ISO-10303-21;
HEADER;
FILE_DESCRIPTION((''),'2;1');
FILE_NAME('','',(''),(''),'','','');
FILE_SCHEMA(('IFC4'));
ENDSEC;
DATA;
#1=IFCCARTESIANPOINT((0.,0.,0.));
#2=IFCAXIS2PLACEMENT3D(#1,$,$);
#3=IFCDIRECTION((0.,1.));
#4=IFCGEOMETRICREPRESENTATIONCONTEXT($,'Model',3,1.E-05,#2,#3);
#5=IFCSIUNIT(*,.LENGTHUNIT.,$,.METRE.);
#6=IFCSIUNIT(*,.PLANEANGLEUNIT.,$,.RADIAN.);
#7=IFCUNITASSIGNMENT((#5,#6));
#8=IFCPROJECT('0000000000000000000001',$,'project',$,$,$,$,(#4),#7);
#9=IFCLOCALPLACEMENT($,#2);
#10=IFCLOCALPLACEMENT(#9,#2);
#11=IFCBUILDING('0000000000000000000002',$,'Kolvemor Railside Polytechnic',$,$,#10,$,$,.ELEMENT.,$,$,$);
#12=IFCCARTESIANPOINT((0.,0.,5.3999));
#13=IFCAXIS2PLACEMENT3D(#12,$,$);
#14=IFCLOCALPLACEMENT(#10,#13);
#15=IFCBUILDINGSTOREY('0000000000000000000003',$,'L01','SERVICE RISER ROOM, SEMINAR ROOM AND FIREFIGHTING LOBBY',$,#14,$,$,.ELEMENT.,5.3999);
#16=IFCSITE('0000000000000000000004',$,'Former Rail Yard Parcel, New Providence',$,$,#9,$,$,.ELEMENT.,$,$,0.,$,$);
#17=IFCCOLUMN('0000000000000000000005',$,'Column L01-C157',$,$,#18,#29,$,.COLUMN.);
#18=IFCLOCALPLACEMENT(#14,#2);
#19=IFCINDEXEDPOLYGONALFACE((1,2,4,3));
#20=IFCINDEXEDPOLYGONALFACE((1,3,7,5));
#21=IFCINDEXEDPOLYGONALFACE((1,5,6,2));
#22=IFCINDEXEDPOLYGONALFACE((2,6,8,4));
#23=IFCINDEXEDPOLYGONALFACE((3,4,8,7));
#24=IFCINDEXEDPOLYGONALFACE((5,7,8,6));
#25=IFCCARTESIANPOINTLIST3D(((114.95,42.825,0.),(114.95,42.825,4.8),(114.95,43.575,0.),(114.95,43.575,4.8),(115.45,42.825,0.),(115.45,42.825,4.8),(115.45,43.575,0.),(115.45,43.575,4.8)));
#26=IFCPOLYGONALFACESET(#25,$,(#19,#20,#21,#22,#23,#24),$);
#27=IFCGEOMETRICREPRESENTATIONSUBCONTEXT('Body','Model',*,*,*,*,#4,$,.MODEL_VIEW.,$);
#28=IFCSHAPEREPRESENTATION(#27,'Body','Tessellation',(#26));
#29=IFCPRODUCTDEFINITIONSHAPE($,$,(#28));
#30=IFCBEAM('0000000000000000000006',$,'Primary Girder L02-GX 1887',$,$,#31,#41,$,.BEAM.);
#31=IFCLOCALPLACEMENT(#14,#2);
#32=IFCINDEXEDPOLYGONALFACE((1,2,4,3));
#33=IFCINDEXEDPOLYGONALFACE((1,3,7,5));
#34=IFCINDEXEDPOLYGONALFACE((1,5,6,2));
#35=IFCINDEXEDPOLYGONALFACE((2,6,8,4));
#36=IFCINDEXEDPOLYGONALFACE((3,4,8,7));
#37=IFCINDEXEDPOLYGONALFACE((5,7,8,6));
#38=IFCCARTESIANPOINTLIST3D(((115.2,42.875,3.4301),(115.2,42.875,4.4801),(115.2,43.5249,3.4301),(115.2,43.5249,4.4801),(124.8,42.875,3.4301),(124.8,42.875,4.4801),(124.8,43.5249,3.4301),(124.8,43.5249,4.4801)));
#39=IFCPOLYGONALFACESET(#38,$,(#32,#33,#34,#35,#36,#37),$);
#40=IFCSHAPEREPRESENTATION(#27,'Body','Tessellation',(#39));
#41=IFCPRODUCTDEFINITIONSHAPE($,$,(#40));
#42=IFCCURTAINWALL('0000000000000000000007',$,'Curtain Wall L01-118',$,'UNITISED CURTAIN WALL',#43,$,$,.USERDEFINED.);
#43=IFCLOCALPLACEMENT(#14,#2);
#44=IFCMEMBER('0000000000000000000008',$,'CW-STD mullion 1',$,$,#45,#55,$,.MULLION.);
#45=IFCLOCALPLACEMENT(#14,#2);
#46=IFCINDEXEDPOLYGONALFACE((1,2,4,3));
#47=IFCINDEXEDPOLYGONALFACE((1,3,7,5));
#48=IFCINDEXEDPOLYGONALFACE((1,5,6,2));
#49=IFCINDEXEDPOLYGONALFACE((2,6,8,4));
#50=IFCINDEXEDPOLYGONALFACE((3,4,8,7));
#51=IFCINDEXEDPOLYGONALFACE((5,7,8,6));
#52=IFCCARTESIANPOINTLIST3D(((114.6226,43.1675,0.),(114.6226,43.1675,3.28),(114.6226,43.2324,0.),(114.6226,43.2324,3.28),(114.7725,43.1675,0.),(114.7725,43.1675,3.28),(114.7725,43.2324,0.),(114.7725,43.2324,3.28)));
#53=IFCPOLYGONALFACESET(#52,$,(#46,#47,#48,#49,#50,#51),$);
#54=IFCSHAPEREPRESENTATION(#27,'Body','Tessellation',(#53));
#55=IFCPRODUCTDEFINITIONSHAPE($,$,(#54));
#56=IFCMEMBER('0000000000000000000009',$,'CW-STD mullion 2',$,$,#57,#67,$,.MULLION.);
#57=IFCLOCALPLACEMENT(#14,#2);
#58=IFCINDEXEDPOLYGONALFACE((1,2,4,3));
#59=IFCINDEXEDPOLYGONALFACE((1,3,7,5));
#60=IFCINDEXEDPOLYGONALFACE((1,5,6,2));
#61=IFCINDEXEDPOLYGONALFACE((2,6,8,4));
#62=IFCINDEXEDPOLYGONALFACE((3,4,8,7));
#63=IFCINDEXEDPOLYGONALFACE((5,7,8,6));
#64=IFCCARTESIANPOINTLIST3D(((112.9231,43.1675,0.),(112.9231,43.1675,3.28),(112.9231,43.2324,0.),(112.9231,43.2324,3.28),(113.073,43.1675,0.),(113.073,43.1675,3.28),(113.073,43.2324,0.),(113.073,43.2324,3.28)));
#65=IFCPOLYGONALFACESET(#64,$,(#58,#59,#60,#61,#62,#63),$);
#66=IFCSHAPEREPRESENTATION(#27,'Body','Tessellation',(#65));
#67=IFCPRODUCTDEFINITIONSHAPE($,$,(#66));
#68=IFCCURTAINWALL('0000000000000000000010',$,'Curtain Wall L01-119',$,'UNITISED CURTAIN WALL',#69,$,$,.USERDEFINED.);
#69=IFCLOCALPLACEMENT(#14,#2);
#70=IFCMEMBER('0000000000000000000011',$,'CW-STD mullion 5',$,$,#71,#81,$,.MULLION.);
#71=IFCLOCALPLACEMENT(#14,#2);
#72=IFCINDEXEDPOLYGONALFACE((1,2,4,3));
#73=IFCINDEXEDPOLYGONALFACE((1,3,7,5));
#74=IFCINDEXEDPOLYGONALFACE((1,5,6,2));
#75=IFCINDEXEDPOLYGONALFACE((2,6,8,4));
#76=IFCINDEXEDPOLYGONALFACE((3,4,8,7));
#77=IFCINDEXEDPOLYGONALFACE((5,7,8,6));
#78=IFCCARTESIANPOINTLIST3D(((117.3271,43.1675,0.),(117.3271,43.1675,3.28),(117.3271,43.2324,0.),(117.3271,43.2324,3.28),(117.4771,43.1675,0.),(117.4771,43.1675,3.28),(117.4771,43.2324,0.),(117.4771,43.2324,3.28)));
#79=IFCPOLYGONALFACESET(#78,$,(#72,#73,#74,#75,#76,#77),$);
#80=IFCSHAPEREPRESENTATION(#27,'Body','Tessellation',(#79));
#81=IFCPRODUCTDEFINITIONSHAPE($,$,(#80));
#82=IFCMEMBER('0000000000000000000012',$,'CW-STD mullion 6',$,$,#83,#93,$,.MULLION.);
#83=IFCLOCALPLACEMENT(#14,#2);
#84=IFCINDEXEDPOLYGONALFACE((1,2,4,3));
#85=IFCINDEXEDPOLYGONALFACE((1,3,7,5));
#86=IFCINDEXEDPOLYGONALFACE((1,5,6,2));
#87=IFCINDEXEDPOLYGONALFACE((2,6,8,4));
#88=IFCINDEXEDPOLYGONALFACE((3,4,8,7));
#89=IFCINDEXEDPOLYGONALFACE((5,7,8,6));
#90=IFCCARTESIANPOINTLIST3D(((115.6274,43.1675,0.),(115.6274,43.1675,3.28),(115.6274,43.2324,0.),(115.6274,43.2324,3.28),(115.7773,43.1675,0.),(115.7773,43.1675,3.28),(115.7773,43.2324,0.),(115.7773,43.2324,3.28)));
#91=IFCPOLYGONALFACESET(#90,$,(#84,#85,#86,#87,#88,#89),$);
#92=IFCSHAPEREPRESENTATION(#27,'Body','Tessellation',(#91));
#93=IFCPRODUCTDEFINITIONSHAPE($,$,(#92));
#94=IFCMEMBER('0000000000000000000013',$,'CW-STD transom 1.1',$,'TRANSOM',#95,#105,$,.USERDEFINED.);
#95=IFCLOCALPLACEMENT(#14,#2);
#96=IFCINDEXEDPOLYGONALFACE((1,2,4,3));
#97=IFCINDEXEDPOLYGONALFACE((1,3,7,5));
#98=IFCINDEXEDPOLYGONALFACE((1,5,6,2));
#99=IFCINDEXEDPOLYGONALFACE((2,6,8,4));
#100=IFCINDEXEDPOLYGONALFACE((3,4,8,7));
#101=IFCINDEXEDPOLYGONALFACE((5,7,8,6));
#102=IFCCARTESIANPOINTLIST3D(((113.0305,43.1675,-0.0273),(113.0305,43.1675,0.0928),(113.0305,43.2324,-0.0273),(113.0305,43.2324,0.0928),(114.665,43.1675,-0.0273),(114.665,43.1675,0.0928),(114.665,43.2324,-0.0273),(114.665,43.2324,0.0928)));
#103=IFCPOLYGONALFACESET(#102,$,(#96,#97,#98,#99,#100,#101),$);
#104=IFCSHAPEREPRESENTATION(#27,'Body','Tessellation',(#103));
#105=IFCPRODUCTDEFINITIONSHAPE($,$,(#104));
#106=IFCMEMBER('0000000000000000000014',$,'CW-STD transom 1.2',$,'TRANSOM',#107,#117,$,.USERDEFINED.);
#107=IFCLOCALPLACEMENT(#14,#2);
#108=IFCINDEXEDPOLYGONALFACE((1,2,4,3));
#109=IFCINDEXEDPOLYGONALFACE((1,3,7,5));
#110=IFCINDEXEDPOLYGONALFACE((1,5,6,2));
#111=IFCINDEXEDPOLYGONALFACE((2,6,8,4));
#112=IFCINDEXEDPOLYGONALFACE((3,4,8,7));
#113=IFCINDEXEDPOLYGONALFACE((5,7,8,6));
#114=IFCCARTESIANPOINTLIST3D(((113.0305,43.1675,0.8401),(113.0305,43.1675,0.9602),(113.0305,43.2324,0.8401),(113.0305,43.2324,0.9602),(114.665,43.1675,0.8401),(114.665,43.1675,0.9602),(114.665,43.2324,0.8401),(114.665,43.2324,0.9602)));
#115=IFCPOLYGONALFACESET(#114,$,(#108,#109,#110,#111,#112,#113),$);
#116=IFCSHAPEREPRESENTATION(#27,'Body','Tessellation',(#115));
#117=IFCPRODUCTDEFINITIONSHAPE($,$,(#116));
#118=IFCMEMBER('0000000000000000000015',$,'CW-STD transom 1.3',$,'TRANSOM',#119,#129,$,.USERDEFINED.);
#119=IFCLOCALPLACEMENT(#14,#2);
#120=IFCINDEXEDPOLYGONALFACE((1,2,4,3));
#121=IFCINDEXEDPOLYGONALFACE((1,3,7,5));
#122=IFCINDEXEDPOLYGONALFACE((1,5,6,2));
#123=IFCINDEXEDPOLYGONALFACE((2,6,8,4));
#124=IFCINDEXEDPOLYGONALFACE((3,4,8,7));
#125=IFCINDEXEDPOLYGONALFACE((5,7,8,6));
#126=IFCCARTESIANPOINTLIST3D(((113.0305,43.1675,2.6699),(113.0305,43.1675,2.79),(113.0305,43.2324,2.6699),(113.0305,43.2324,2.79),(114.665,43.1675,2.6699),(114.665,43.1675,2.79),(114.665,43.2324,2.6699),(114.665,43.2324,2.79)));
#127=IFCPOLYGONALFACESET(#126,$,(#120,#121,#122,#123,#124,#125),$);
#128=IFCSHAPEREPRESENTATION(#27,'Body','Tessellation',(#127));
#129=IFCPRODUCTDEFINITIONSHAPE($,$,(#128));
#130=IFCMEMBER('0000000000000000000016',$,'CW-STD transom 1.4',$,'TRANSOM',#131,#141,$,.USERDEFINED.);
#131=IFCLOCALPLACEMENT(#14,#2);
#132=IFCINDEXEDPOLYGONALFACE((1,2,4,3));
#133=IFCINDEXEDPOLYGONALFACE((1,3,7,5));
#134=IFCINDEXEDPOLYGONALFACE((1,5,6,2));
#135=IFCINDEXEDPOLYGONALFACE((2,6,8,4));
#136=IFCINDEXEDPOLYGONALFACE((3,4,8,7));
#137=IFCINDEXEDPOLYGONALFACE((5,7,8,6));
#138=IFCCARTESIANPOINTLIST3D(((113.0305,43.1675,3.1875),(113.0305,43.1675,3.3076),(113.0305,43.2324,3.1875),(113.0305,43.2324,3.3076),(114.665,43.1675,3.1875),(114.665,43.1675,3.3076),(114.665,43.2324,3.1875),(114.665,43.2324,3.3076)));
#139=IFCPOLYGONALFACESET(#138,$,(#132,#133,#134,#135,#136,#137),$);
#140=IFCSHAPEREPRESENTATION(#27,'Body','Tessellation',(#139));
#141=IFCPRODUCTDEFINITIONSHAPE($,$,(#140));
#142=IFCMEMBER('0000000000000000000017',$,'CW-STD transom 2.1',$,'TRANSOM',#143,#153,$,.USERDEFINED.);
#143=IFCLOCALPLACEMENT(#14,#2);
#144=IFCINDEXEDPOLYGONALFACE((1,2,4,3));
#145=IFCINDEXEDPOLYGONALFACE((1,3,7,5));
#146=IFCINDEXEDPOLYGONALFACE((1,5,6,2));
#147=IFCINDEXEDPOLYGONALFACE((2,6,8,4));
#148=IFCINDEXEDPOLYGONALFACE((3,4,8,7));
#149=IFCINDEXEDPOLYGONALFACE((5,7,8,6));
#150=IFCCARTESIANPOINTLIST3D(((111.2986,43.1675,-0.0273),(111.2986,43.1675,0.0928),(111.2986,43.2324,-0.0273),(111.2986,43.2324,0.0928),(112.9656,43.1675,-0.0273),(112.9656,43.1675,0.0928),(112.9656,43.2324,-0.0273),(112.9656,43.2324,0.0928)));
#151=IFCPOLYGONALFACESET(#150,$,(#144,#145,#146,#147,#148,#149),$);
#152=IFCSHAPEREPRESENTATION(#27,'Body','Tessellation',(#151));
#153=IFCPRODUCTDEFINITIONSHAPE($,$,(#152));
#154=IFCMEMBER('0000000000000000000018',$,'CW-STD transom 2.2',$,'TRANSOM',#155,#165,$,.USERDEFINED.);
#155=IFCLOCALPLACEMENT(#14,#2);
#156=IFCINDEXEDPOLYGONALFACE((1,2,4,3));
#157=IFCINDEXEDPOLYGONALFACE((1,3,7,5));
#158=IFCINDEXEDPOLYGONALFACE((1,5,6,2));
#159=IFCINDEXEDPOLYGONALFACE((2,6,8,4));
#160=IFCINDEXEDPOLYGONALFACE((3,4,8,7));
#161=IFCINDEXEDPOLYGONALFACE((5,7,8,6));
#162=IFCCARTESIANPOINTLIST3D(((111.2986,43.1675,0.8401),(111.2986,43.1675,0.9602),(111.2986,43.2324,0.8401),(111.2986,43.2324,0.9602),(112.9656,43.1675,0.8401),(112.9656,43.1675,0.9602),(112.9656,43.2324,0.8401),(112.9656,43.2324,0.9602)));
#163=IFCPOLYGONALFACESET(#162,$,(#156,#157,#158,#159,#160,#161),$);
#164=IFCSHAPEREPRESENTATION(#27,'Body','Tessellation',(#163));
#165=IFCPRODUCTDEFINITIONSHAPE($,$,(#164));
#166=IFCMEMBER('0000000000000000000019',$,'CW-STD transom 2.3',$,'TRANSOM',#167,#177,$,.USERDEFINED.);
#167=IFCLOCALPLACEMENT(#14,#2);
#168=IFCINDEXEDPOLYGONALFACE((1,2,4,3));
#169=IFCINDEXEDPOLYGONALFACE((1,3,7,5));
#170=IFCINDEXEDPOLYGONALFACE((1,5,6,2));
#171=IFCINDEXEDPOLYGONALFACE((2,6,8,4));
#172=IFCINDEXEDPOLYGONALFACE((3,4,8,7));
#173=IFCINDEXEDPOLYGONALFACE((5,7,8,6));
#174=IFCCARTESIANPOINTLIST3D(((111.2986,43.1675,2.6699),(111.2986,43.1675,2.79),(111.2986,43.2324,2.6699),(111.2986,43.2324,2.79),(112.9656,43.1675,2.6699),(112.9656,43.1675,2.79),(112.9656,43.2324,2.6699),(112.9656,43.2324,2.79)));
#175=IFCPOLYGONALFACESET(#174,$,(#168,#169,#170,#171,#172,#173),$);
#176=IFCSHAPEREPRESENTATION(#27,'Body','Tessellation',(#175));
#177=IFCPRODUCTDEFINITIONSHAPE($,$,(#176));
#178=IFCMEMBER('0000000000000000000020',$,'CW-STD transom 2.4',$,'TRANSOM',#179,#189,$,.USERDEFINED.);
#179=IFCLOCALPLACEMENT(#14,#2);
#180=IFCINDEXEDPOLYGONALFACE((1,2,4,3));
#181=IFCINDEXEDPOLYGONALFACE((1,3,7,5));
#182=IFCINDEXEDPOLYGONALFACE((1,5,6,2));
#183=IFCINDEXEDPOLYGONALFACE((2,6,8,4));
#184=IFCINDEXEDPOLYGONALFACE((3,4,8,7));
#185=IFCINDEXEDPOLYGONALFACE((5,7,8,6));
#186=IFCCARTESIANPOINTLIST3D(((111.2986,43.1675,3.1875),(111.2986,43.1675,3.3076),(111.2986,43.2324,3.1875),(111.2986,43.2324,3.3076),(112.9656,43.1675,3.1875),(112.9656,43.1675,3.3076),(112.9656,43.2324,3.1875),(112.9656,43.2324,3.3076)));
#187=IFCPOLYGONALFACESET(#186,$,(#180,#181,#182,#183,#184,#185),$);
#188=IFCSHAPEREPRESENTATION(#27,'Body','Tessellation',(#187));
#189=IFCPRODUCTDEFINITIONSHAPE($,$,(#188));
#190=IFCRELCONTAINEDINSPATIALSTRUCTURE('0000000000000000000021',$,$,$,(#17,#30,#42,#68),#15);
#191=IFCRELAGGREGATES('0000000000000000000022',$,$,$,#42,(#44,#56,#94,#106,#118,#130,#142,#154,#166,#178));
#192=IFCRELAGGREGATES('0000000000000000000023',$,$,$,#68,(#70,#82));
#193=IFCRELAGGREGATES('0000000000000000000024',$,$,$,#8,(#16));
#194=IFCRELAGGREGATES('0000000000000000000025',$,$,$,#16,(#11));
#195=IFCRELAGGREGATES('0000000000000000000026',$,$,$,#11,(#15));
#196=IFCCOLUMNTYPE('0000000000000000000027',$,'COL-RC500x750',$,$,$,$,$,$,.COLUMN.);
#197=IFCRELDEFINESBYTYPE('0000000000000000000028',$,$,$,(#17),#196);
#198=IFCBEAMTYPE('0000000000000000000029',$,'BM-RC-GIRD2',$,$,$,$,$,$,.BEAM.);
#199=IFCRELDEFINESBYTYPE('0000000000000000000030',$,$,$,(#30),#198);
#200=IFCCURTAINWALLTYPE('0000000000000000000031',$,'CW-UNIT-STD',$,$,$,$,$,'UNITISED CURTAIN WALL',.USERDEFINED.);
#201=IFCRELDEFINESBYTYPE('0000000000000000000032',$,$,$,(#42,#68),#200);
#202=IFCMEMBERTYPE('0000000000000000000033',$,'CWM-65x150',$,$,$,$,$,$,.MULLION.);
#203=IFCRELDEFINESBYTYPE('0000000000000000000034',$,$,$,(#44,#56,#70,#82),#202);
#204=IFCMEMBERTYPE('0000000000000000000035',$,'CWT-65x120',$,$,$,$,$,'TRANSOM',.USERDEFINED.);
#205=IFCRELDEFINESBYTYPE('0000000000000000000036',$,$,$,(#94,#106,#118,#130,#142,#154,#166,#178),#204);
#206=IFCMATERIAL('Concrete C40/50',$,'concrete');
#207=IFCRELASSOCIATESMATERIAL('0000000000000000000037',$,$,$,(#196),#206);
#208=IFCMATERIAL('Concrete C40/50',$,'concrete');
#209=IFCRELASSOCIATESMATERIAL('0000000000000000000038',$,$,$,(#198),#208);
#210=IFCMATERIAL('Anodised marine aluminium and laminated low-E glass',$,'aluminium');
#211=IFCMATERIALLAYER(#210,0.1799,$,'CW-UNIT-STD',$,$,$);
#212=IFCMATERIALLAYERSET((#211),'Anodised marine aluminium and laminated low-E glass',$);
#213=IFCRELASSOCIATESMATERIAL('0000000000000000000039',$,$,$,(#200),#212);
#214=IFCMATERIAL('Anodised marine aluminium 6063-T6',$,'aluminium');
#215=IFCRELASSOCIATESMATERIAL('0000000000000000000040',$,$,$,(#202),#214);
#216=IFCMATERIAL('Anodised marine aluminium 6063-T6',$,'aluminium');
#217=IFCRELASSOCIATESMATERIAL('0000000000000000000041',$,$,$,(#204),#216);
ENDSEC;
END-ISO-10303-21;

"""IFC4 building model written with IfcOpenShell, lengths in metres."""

from ifc_helpers import new_model, si_unit, direction, frame, origin, origin_2d, place, context, subcontext, project, spatial, rectangle, extrude, material, layer, layer_set, material_profile, profile_set, type_object, element, aggregate, save


model = new_model("IFC4")

# Units and contexts
model_context = context("Model", 3, precision=1e-05, world=origin(), true_north=direction((0.0, 1.0)))
body_context = subcontext(model_context, "Body", "Model", "MODEL_VIEW")
ifc_project = project(units=[si_unit("LENGTHUNIT", "METRE"), si_unit("PLANEANGLEUNIT", "RADIAN")], contexts=[model_context])

# Site, building, storey
site_placement = place(None, origin())
site = spatial("IfcSite", under=ifc_project, at=site_placement, Name="Former Rail Yard Parcel, New Providence", CompositionType="ELEMENT", RefElevation=0.0)
building_placement = place(site_placement, origin())
building = spatial("IfcBuilding", under=site, at=building_placement, Name="Kolvemor Railside Polytechnic", CompositionType="ELEMENT")
storey_placement = place(building_placement, frame((0.0, 0.0, 5.3999)))
storey = spatial("IfcBuildingStorey", under=building, at=storey_placement, Name="L01", Description="SERVICE RISER ROOM, SEMINAR ROOM AND FIREFIGHTING LOBBY", CompositionType="ELEMENT", Elevation=5.3999)

# Column
ifc_material_1 = material(Name="Concrete C40/50", Category="concrete")
ifc_material_profile_1 = material_profile(ifc_material_1, rectangle(XDim=0.5, YDim=0.75, at=origin_2d()), Name="RC500x750")
ifc_profile_set_1 = profile_set([ifc_material_profile_1], Name="Concrete C40/50")
column_type = type_object("IfcColumnType", Name="COL-RC500x750", PredefinedType="COLUMN", material=ifc_profile_set_1)
column_placement = place(storey_placement, frame((115.2, 43.2, 0.0), z_axis=(0.0, 0.0, 1.0), x_axis=(1.0, 0.0, 0.0)))
element("IfcColumn", 1, at=column_placement, inside=storey, type_object=column_type, Name="Column L01-C157", PredefinedType="COLUMN", context=body_context, shape_type="SweptSolid", body=[
    extrude(rectangle(XDim=0.5, YDim=0.75, at=origin_2d()), origin(), (0.0, 0.0, 1.0), 4.8),
])

# Beam
ifc_material_2 = material(Name="Concrete C40/50", Category="concrete")
ifc_material_profile_2 = material_profile(ifc_material_2, rectangle(XDim=0.6499, YDim=1.05, at=origin_2d()), Name="RC650x1050")
ifc_profile_set_2 = profile_set([ifc_material_profile_2], Name="Concrete C40/50")
beam_type = type_object("IfcBeamType", Name="BM-RC-GIRD2", PredefinedType="BEAM", material=ifc_profile_set_2)
beam_placement = place(storey_placement, frame((115.2, 43.2, 3.9551), z_axis=(1.0, 0.0, 0.0), x_axis=(0.0, 1.0, 0.0)))
element("IfcBeam", 2, at=beam_placement, inside=storey, type_object=beam_type, Name="Primary Girder L02-GX 1887", PredefinedType="BEAM", context=body_context, shape_type="SweptSolid", body=[
    extrude(rectangle(XDim=0.6499, YDim=1.05, at=origin_2d()), origin(), (0.0, 0.0, 1.0), 9.6001),
])

# Curtain walls, members
ifc_material_3 = material(Name="Anodised marine aluminium and laminated low-E glass", Category="aluminium")
ifc_layer_1 = layer(ifc_material_3, 0.1799, Name="CW-UNIT-STD")
ifc_layer_set_1 = layer_set([ifc_layer_1], Name="Anodised marine aluminium and laminated low-E glass")
curtain_wall_type = type_object("IfcCurtainWallType", Name="CW-UNIT-STD", ElementType="UNITISED CURTAIN WALL", PredefinedType="USERDEFINED", material=ifc_layer_set_1)
curtain_wall_1_placement = place(storey_placement, origin())
curtain_wall_1 = element("IfcCurtainWall", 3, at=curtain_wall_1_placement, inside=storey, type_object=curtain_wall_type, Name="Curtain Wall L01-118", ObjectType="UNITISED CURTAIN WALL", PredefinedType="USERDEFINED")
ifc_material_4 = material(Name="Anodised marine aluminium 6063-T6", Category="aluminium")
ifc_material_profile_3 = material_profile(ifc_material_4, rectangle(XDim=0.0649, YDim=0.1499, at=origin_2d()), Name="CW-MUL-65x150")
ifc_profile_set_3 = profile_set([ifc_material_profile_3], Name="Anodised marine aluminium 6063-T6")
member_type_1 = type_object("IfcMemberType", Name="CWM-65x150", PredefinedType="MULLION", material=ifc_profile_set_3)
member_1_placement = place(storey_placement, frame((114.6975, 43.2, 0.0), z_axis=(0.0, 0.0, 1.0), x_axis=(0.0, -1.0, 0.0)))
member_1 = element("IfcMember", 4, at=member_1_placement, type_object=member_type_1, Name="CW-STD mullion 1", PredefinedType="MULLION", context=body_context, shape_type="SweptSolid", body=[
    extrude(rectangle(XDim=0.0649, YDim=0.1499, at=origin_2d()), origin(), (0.0, 0.0, 1.0), 3.28),
])
member_2_placement = place(storey_placement, frame((112.998, 43.2, 0.0), z_axis=(0.0, 0.0, 1.0), x_axis=(0.0, -1.0, 0.0)))
member_2 = element("IfcMember", 5, at=member_2_placement, type_object=member_type_1, Name="CW-STD mullion 2", PredefinedType="MULLION", context=body_context, shape_type="SweptSolid", body=[
    extrude(rectangle(XDim=0.0649, YDim=0.1499, at=origin_2d()), origin(), (0.0, 0.0, 1.0), 3.28),
])
curtain_wall_2_placement = place(storey_placement, origin())
curtain_wall_2 = element("IfcCurtainWall", 6, at=curtain_wall_2_placement, inside=storey, type_object=curtain_wall_type, Name="Curtain Wall L01-119", ObjectType="UNITISED CURTAIN WALL", PredefinedType="USERDEFINED")
member_3_placement = place(storey_placement, frame((117.4021, 43.2, 0.0), z_axis=(0.0, 0.0, 1.0), x_axis=(0.0, -1.0, 0.0)))
member_3 = element("IfcMember", 7, at=member_3_placement, type_object=member_type_1, Name="CW-STD mullion 5", PredefinedType="MULLION", context=body_context, shape_type="SweptSolid", body=[
    extrude(rectangle(XDim=0.0649, YDim=0.1499, at=origin_2d()), origin(), (0.0, 0.0, 1.0), 3.28),
])
member_4_placement = place(storey_placement, frame((115.7024, 43.2, 0.0), z_axis=(0.0, 0.0, 1.0), x_axis=(0.0, -1.0, 0.0)))
member_4 = element("IfcMember", 8, at=member_4_placement, type_object=member_type_1, Name="CW-STD mullion 6", PredefinedType="MULLION", context=body_context, shape_type="SweptSolid", body=[
    extrude(rectangle(XDim=0.0649, YDim=0.1499, at=origin_2d()), origin(), (0.0, 0.0, 1.0), 3.28),
])

# Members
ifc_material_5 = material(Name="Anodised marine aluminium 6063-T6", Category="aluminium")
ifc_material_profile_4 = material_profile(ifc_material_5, rectangle(XDim=0.0649, YDim=0.1201, at=origin_2d()), Name="CW-TRN-65x120")
ifc_profile_set_4 = profile_set([ifc_material_profile_4], Name="Anodised marine aluminium 6063-T6")
member_type_2 = type_object("IfcMemberType", Name="CWT-65x120", ElementType="TRANSOM", PredefinedType="USERDEFINED", material=ifc_profile_set_4)
member_5_placement = place(storey_placement, frame((114.665, 43.2, 0.0327), z_axis=(-1.0, 0.0, 0.0), x_axis=(0.0, -1.0, 0.0)))
member_5 = element("IfcMember", 9, at=member_5_placement, type_object=member_type_2, Name="CW-STD transom 1.1", ObjectType="TRANSOM", PredefinedType="USERDEFINED", context=body_context, shape_type="SweptSolid", body=[
    extrude(rectangle(XDim=0.0649, YDim=0.1201, at=origin_2d()), origin(), (0.0, 0.0, 1.0), 1.6345),
])
member_6_placement = place(storey_placement, frame((114.665, 43.2, 0.9001), z_axis=(-1.0, 0.0, 0.0), x_axis=(0.0, -1.0, 0.0)))
member_6 = element("IfcMember", 10, at=member_6_placement, type_object=member_type_2, Name="CW-STD transom 1.2", ObjectType="TRANSOM", PredefinedType="USERDEFINED", context=body_context, shape_type="SweptSolid", body=[
    extrude(rectangle(XDim=0.0649, YDim=0.1201, at=origin_2d()), origin(), (0.0, 0.0, 1.0), 1.6345),
])
member_7_placement = place(storey_placement, frame((114.665, 43.2, 2.73), z_axis=(-1.0, 0.0, 0.0), x_axis=(0.0, -1.0, 0.0)))
member_7 = element("IfcMember", 11, at=member_7_placement, type_object=member_type_2, Name="CW-STD transom 1.3", ObjectType="TRANSOM", PredefinedType="USERDEFINED", context=body_context, shape_type="SweptSolid", body=[
    extrude(rectangle(XDim=0.0649, YDim=0.1201, at=origin_2d()), origin(), (0.0, 0.0, 1.0), 1.6345),
])
member_8_placement = place(storey_placement, frame((114.665, 43.2, 3.2476), z_axis=(-1.0, 0.0, 0.0), x_axis=(0.0, -1.0, 0.0)))
member_8 = element("IfcMember", 12, at=member_8_placement, type_object=member_type_2, Name="CW-STD transom 1.4", ObjectType="TRANSOM", PredefinedType="USERDEFINED", context=body_context, shape_type="SweptSolid", body=[
    extrude(rectangle(XDim=0.0649, YDim=0.1201, at=origin_2d()), origin(), (0.0, 0.0, 1.0), 1.6345),
])
member_9_placement = place(storey_placement, frame((112.9656, 43.2, 0.0327), z_axis=(-1.0, 0.0, 0.0), x_axis=(0.0, -1.0, 0.0)))
member_9 = element("IfcMember", 13, at=member_9_placement, type_object=member_type_2, Name="CW-STD transom 2.1", ObjectType="TRANSOM", PredefinedType="USERDEFINED", context=body_context, shape_type="SweptSolid", body=[
    extrude(rectangle(XDim=0.0649, YDim=0.1201, at=origin_2d()), origin(), (0.0, 0.0, 1.0), 1.667),
])
member_10_placement = place(storey_placement, frame((112.9656, 43.2, 0.9001), z_axis=(-1.0, 0.0, 0.0), x_axis=(0.0, -1.0, 0.0)))
member_10 = element("IfcMember", 14, at=member_10_placement, type_object=member_type_2, Name="CW-STD transom 2.2", ObjectType="TRANSOM", PredefinedType="USERDEFINED", context=body_context, shape_type="SweptSolid", body=[
    extrude(rectangle(XDim=0.0649, YDim=0.1201, at=origin_2d()), origin(), (0.0, 0.0, 1.0), 1.667),
])
member_11_placement = place(storey_placement, frame((112.9656, 43.2, 2.73), z_axis=(-1.0, 0.0, 0.0), x_axis=(0.0, -1.0, 0.0)))
member_11 = element("IfcMember", 15, at=member_11_placement, type_object=member_type_2, Name="CW-STD transom 2.3", ObjectType="TRANSOM", PredefinedType="USERDEFINED", context=body_context, shape_type="SweptSolid", body=[
    extrude(rectangle(XDim=0.0649, YDim=0.1201, at=origin_2d()), origin(), (0.0, 0.0, 1.0), 1.667),
])
member_12_placement = place(storey_placement, frame((112.9656, 43.2, 3.2476), z_axis=(-1.0, 0.0, 0.0), x_axis=(0.0, -1.0, 0.0)))
member_12 = element("IfcMember", 16, at=member_12_placement, type_object=member_type_2, Name="CW-STD transom 2.4", ObjectType="TRANSOM", PredefinedType="USERDEFINED", context=body_context, shape_type="SweptSolid", body=[
    extrude(rectangle(XDim=0.0649, YDim=0.1201, at=origin_2d()), origin(), (0.0, 0.0, 1.0), 1.667),
])

aggregate(curtain_wall_1, [member_1, member_2, member_5, member_6, member_7, member_8, member_9, member_10, member_11, member_12])
aggregate(curtain_wall_2, [member_3, member_4])

save(model, "model.ifc")
